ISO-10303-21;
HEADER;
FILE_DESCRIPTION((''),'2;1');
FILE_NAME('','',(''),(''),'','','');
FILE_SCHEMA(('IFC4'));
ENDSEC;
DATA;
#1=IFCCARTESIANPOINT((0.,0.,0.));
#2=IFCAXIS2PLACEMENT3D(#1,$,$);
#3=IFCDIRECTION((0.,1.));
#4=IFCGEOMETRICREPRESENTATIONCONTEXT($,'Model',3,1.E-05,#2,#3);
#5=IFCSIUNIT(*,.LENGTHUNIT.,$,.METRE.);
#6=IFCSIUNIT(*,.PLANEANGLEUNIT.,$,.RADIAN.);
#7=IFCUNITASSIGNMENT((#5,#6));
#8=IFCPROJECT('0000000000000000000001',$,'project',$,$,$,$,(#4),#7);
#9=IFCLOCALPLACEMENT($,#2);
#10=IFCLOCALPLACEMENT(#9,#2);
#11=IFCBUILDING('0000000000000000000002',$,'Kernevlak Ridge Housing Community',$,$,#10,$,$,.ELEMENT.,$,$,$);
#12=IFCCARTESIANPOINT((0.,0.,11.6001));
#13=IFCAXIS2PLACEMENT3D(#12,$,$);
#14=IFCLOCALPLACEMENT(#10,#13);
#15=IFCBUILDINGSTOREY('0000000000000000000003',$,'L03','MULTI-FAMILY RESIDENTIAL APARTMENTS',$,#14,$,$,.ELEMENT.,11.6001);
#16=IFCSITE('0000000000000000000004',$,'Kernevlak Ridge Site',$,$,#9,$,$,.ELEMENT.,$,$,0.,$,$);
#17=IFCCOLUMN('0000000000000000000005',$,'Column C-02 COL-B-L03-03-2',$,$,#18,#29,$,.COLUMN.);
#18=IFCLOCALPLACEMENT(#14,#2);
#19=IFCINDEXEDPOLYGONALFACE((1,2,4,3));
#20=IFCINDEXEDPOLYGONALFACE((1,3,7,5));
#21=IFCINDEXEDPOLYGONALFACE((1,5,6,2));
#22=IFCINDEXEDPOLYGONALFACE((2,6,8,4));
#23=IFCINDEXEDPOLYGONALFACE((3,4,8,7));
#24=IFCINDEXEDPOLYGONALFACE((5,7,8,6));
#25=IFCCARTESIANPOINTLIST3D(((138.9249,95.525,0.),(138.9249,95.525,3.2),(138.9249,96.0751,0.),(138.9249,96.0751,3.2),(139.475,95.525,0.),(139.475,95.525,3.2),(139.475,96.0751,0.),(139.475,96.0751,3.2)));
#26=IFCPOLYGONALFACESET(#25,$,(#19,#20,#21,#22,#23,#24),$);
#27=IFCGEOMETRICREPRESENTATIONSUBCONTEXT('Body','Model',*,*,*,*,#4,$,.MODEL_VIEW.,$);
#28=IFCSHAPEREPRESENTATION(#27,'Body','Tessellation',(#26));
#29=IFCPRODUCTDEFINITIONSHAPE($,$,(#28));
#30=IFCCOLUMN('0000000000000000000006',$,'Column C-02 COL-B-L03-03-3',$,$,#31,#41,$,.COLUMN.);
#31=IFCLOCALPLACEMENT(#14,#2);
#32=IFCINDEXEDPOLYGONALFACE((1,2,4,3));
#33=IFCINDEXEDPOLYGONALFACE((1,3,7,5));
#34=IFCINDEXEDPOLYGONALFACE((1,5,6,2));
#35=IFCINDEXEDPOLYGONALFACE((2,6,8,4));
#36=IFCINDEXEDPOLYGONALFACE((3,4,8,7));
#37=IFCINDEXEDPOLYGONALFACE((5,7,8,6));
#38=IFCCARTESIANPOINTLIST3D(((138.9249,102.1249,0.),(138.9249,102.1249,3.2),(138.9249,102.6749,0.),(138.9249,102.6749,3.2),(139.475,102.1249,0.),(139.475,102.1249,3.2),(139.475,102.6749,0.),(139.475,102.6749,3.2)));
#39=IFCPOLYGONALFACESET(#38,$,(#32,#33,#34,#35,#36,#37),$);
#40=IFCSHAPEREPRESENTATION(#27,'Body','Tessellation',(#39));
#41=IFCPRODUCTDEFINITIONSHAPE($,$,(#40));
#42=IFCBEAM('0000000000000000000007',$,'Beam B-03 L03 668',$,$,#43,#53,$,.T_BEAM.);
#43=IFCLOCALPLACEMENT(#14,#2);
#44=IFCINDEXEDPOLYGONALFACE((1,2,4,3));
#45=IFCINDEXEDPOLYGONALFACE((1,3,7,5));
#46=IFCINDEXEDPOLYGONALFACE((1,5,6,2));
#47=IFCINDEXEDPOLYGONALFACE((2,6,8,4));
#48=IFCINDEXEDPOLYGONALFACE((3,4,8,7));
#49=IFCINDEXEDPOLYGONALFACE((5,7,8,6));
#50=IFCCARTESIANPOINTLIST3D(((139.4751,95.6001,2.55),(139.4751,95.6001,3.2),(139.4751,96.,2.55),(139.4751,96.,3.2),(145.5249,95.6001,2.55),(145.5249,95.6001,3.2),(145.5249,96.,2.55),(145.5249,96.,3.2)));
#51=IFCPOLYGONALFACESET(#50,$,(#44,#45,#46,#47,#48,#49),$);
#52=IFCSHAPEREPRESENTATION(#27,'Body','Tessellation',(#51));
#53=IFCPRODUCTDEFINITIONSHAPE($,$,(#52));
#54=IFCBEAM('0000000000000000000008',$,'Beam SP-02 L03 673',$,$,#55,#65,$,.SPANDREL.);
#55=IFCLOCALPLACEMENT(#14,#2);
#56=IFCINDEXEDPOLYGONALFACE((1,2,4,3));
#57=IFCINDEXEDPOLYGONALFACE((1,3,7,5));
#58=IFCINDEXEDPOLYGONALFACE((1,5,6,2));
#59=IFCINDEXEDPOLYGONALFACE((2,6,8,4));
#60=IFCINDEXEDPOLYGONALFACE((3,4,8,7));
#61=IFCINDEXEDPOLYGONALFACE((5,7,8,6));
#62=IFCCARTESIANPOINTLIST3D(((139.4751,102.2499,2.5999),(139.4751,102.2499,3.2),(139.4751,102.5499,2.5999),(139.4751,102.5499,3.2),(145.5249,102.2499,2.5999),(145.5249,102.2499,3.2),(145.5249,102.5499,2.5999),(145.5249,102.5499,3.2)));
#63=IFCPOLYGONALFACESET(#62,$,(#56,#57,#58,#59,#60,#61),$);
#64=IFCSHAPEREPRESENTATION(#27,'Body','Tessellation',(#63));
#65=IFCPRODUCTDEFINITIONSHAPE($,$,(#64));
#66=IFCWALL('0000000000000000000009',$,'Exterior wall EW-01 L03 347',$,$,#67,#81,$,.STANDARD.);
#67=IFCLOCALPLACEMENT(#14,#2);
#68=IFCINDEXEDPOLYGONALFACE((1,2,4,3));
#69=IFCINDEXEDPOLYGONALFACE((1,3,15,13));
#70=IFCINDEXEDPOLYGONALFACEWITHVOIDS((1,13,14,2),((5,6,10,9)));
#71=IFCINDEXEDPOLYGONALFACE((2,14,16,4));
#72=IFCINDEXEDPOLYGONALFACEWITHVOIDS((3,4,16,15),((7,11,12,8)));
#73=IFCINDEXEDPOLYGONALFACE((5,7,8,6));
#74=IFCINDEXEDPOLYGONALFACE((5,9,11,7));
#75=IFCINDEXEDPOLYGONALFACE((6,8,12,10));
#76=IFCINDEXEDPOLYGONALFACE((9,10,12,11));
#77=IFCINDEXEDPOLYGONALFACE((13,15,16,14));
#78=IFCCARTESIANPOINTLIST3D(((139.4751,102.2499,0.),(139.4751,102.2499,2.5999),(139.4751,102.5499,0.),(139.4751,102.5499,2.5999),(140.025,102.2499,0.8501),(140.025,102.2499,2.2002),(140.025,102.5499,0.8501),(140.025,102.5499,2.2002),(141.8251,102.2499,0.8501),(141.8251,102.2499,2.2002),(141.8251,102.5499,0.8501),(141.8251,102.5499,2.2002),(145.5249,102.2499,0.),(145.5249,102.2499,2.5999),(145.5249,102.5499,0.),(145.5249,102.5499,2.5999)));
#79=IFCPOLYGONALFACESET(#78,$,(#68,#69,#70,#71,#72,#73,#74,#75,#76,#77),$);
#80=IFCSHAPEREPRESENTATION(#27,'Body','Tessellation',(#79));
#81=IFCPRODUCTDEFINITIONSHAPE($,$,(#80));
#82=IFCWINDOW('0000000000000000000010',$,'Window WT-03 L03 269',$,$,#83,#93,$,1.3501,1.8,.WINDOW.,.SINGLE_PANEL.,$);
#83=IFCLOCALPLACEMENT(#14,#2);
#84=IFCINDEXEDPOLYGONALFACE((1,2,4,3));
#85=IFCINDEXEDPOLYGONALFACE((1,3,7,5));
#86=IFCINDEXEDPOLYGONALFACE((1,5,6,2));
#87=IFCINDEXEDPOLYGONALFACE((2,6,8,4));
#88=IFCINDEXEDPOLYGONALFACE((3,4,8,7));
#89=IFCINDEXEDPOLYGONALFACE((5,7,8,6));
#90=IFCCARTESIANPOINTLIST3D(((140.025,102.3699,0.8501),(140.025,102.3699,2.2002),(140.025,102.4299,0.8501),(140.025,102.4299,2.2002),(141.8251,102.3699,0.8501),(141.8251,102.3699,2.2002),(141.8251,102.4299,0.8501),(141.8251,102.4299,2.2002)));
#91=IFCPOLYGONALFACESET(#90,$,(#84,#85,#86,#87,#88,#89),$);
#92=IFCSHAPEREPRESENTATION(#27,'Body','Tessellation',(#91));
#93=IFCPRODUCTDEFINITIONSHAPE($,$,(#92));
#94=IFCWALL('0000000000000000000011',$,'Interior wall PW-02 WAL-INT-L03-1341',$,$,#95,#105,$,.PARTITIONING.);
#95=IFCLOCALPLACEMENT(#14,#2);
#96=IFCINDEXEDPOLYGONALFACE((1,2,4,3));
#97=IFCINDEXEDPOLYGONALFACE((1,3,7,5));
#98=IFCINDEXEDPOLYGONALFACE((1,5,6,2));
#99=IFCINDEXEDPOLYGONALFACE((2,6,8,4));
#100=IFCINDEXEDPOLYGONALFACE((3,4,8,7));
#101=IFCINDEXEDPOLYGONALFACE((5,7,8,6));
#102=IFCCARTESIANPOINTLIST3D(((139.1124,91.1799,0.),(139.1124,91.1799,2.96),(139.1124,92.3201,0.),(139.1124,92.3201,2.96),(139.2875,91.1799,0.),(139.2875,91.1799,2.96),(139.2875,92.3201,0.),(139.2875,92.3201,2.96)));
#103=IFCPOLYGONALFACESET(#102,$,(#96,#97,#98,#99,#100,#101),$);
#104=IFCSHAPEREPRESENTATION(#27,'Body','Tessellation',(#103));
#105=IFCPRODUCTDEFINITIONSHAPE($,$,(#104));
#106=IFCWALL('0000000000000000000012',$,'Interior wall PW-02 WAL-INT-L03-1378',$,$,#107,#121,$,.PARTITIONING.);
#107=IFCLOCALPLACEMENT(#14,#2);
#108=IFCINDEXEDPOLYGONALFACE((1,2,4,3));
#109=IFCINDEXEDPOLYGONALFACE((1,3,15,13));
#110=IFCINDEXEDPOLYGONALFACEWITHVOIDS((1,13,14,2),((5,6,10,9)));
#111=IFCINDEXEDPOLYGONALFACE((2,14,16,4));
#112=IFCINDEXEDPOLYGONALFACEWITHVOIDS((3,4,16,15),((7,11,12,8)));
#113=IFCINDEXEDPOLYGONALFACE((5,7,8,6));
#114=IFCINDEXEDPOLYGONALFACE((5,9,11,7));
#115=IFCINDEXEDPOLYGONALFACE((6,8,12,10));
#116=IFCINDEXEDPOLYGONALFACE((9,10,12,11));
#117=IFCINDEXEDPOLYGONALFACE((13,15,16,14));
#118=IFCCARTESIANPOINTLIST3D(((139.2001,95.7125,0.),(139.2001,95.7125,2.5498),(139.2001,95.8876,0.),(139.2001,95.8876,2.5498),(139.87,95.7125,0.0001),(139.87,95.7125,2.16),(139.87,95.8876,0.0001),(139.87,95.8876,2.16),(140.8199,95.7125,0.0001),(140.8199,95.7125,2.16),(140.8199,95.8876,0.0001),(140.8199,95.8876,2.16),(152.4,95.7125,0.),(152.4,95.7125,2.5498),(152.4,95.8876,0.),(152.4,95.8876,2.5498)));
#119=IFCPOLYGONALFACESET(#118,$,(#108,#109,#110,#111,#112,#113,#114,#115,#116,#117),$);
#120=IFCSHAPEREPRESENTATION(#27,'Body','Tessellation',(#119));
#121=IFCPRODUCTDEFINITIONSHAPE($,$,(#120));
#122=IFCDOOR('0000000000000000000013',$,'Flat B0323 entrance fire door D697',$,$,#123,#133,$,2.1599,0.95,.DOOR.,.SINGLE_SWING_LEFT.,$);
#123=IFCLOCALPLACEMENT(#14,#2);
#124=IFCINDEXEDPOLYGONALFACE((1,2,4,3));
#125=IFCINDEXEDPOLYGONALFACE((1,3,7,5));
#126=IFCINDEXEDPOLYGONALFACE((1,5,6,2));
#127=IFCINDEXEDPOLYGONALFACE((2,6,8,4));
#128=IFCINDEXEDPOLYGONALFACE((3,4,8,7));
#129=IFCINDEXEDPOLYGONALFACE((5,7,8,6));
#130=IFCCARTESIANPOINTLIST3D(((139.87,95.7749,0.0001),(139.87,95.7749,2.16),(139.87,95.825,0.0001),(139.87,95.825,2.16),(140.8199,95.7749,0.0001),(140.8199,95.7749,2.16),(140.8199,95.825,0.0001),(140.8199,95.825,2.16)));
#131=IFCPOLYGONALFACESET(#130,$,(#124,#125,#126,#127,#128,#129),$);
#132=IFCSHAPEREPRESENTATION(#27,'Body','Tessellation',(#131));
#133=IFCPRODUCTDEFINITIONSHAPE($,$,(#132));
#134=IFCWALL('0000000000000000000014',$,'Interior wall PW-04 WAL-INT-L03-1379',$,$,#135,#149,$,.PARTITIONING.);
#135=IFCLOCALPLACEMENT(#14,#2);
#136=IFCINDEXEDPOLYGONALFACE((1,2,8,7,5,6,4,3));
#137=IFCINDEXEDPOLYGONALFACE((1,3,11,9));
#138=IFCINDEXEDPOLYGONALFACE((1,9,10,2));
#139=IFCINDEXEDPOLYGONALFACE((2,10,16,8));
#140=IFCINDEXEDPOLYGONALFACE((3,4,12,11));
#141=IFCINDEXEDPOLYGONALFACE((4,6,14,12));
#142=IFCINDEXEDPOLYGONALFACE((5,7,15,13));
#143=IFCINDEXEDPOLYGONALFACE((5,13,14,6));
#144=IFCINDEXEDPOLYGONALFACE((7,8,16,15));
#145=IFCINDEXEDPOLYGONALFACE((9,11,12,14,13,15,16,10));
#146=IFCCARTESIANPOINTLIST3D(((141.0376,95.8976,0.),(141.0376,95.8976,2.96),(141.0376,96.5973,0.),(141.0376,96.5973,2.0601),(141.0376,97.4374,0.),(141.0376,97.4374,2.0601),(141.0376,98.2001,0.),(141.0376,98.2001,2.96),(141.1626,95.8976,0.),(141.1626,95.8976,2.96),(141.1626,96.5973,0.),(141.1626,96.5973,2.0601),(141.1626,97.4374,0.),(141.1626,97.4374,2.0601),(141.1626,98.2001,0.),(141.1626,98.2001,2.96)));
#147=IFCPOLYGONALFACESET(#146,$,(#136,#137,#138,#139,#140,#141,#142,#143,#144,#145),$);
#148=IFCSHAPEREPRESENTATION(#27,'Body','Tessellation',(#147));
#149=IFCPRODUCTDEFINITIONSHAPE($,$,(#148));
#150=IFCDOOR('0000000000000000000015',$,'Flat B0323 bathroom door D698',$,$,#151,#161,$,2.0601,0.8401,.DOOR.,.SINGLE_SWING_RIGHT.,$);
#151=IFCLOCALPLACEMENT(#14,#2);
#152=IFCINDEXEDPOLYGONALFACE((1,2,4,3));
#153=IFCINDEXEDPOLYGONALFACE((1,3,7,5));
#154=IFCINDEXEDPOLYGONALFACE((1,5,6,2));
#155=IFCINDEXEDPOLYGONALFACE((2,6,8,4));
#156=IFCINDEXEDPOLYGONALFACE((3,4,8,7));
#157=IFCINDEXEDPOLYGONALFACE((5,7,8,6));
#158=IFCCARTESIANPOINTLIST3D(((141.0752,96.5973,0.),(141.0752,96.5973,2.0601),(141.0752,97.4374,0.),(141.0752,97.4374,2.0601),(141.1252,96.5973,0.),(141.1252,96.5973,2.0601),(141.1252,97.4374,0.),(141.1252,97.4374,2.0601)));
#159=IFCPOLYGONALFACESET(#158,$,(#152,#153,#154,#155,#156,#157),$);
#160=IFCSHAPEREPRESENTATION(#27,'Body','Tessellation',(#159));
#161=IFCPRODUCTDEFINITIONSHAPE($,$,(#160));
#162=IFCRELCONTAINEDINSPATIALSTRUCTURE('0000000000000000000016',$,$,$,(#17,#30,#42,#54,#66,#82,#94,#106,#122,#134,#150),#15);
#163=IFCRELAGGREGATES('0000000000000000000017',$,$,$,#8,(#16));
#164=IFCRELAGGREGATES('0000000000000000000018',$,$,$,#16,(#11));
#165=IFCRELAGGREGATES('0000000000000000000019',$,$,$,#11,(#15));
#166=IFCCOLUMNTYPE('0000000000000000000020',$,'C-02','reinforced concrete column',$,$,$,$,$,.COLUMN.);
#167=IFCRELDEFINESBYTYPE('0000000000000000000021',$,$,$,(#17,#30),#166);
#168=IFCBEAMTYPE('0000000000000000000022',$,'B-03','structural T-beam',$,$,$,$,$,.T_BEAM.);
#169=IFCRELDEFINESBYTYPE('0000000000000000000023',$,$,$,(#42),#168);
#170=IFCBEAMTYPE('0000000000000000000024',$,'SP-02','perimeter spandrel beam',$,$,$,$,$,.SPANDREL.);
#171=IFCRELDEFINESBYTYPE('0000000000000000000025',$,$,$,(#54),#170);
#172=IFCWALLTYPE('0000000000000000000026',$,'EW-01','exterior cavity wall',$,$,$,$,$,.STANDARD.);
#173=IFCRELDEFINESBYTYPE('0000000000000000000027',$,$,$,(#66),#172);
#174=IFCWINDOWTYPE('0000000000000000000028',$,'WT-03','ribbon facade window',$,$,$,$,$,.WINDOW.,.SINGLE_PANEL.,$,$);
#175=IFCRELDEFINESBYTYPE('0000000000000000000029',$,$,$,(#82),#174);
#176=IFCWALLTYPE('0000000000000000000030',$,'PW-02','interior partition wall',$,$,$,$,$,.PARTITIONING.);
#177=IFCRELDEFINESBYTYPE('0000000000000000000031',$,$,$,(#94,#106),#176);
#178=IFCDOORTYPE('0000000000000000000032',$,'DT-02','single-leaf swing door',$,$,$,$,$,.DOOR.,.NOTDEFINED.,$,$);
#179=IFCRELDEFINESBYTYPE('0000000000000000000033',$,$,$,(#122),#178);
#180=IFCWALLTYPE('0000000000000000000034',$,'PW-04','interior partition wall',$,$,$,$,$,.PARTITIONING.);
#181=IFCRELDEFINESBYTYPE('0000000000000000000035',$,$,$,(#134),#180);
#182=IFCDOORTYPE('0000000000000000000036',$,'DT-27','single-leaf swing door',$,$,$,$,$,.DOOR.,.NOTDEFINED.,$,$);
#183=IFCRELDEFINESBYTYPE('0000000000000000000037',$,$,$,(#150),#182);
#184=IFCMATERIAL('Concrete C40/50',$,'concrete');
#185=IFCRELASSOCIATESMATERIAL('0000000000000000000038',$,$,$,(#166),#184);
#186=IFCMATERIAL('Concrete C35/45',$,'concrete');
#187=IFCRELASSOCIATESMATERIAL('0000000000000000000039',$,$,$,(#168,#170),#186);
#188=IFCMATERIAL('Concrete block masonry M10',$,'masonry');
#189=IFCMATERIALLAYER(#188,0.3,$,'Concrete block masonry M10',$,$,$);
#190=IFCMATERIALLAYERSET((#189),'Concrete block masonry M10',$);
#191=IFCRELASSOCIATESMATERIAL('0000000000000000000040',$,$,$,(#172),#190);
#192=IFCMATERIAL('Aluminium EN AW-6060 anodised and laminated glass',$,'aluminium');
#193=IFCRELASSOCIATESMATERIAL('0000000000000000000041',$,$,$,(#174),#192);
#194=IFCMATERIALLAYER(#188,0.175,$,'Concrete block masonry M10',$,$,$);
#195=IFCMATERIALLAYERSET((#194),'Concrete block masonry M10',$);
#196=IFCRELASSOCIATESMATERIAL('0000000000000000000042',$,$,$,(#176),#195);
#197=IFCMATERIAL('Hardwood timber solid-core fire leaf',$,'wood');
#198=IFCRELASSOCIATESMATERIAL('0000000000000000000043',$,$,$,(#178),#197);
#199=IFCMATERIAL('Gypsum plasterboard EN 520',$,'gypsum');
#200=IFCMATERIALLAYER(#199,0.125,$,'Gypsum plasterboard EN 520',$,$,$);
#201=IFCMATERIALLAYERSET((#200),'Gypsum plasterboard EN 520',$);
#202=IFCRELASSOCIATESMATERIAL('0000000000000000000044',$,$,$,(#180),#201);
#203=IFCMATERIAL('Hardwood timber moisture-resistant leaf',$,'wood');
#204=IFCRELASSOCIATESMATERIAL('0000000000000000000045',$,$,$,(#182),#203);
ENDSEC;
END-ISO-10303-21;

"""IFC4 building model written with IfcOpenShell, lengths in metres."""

from ifc_helpers import new_model, si_unit, direction, frame, frame_2d, origin, origin_2d, place, context, subcontext, project, spatial, rectangle, extrude, material, layer, layer_set, material_profile, profile_set, type_object, element, fill, save


model = new_model("IFC4")

# Units and contexts
model_context = context("Model", 3, precision=1e-05, world=origin(), true_north=direction((0.0, 1.0)))
body_context = subcontext(model_context, "Body", "Model", "MODEL_VIEW")
ifc_project = project(units=[si_unit("LENGTHUNIT", "METRE"), si_unit("PLANEANGLEUNIT", "RADIAN")], contexts=[model_context])

# Site, building, storey
site_placement = place(None, origin())
site = spatial("IfcSite", under=ifc_project, at=site_placement, Name="Kernevlak Ridge Site", CompositionType="ELEMENT", RefElevation=0.0)
building_placement = place(site_placement, origin())
building = spatial("IfcBuilding", under=site, at=building_placement, Name="Kernevlak Ridge Housing Community", CompositionType="ELEMENT")
storey_placement = place(building_placement, frame((0.0, 0.0, 11.6001)))
storey = spatial("IfcBuildingStorey", under=building, at=storey_placement, Name="L03", Description="MULTI-FAMILY RESIDENTIAL APARTMENTS", CompositionType="ELEMENT", Elevation=11.6001)

# Columns
ifc_material_1 = material(Name="Concrete C40/50", Category="concrete")
ifc_material_profile_1 = material_profile(ifc_material_1, rectangle(XDim=0.55, YDim=0.55, at=origin_2d()), Name="RC 550x550")
ifc_profile_set_1 = profile_set([ifc_material_profile_1], Name="Concrete C40/50")
column_type = type_object("IfcColumnType", Name="C-02", Description="reinforced concrete column", PredefinedType="COLUMN", material=ifc_profile_set_1)
for number, where, z_axis, x_axis, name in (
    (1, (139.2, 95.8, 0.0), (0.0, 0.0, 1.0), (1.0, 0.0, 0.0), "Column C-02 COL-B-L03-03-2"),
    (2, (139.2, 102.3999, 0.0), (0.0, 0.0, 1.0), (1.0, 0.0, 0.0), "Column C-02 COL-B-L03-03-3"),
):
    element("IfcColumn", number, at=place(storey_placement, frame(where, z_axis=z_axis, x_axis=x_axis)), inside=storey, type_object=column_type, Name=name, PredefinedType="COLUMN", context=body_context, shape_type="SweptSolid", body=[
        extrude(rectangle(XDim=0.55, YDim=0.55, at=origin_2d()), origin(), (0.0, 0.0, 1.0), 3.2),
    ])

# Beams
ifc_material_2 = material(Name="Concrete C35/45", Category="concrete")
ifc_material_profile_2 = material_profile(ifc_material_2, rectangle(XDim=0.3999, YDim=0.6499, at=origin_2d()), Name="RC 400x650")
ifc_profile_set_2 = profile_set([ifc_material_profile_2], Name="Concrete C35/45")
beam_type_1 = type_object("IfcBeamType", Name="B-03", Description="structural T-beam", PredefinedType="T_BEAM", material=ifc_profile_set_2)
beam_1_placement = place(storey_placement, frame((139.4751, 95.8, 2.875), z_axis=(1.0, 0.0, 0.0), x_axis=(0.0, 1.0, 0.0)))
element("IfcBeam", 3, at=beam_1_placement, inside=storey, type_object=beam_type_1, Name="Beam B-03 L03 668", PredefinedType="T_BEAM", context=body_context, shape_type="SweptSolid", body=[
    extrude(rectangle(XDim=0.3999, YDim=0.6499, at=origin_2d()), origin(), (0.0, 0.0, 1.0), 6.0498),
])
ifc_material_profile_3 = material_profile(ifc_material_2, rectangle(XDim=0.3, YDim=0.6001, at=origin_2d()), Name="RC 300x600")
ifc_profile_set_3 = profile_set([ifc_material_profile_3], Name="Concrete C35/45")
beam_type_2 = type_object("IfcBeamType", Name="SP-02", Description="perimeter spandrel beam", PredefinedType="SPANDREL", material=ifc_profile_set_3)
beam_2_placement = place(storey_placement, frame((139.4751, 102.3999, 2.8999), z_axis=(1.0, 0.0, 0.0), x_axis=(0.0, 1.0, 0.0)))
element("IfcBeam", 4, at=beam_2_placement, inside=storey, type_object=beam_type_2, Name="Beam SP-02 L03 673", PredefinedType="SPANDREL", context=body_context, shape_type="SweptSolid", body=[
    extrude(rectangle(XDim=0.3, YDim=0.6001, at=origin_2d()), origin(), (0.0, 0.0, 1.0), 6.0498),
])

# Wall, opening, window
ifc_material_3 = material(Name="Concrete block masonry M10", Category="masonry")
ifc_layer_1 = layer(ifc_material_3, 0.3, Name="Concrete block masonry M10")
ifc_layer_set_1 = layer_set([ifc_layer_1], Name="Concrete block masonry M10")
wall_type_1 = type_object("IfcWallType", Name="EW-01", Description="exterior cavity wall", PredefinedType="STANDARD", material=ifc_layer_set_1)
wall_1_placement = place(storey_placement, frame((139.4751, 102.3999, 0.0), z_axis=(0.0, 0.0, 1.0), x_axis=(1.0, 0.0, 0.0)))
wall_1 = element("IfcWall", 5, at=wall_1_placement, inside=storey, type_object=wall_type_1, Name="Exterior wall EW-01 L03 347", PredefinedType="STANDARD", context=body_context, shape_type="SweptSolid", body=[
    extrude(rectangle(XDim=6.0498, YDim=0.3, at=frame_2d((3.0249, 0.0))), origin(), (0.0, 0.0, 1.0), 2.5999),
])
opening_1_placement = place(wall_1_placement, frame((0.55, 0.0, 0.8501)))
opening_1 = element("IfcOpeningElement", 6, at=opening_1_placement, cuts=wall_1, PredefinedType="OPENING", context=body_context, shape_type="SweptSolid", body=[
    extrude(rectangle(XDim=1.8, YDim=1.3501, at=frame_2d((0.8999, 0.675))), frame((0.0, 0.1599, 0.0), z_axis=(0.0, -1.0, 0.0), x_axis=(1.0, 0.0, 0.0)), (0.0, 0.0, 1.0), 0.3201),
])
ifc_material_4 = material(Name="Aluminium EN AW-6060 anodised and laminated glass", Category="aluminium")
window_type = type_object("IfcWindowType", Name="WT-03", Description="ribbon facade window", PartitioningType="SINGLE_PANEL", PredefinedType="WINDOW", material=ifc_material_4)
window_placement = place(opening_1_placement, origin())
window = element("IfcWindow", 7, at=window_placement, inside=storey, type_object=window_type, Name="Window WT-03 L03 269", OverallHeight=1.3501, OverallWidth=1.8, PartitioningType="SINGLE_PANEL", PredefinedType="WINDOW", context=body_context, shape_type="SweptSolid", body=[
    extrude(rectangle(XDim=1.8, YDim=1.3501, at=frame_2d((0.8999, 0.675))), frame((0.0, 0.03, 0.0), z_axis=(0.0, -1.0, 0.0), x_axis=(1.0, 0.0, 0.0)), (0.0, 0.0, 1.0), 0.0601),
])
fill(opening_1, window)

# Wall
ifc_layer_2 = layer(ifc_material_3, 0.175, Name="Concrete block masonry M10")
ifc_layer_set_2 = layer_set([ifc_layer_2], Name="Concrete block masonry M10")
wall_type_2 = type_object("IfcWallType", Name="PW-02", Description="interior partition wall", PredefinedType="PARTITIONING", material=ifc_layer_set_2)
wall_2_placement = place(storey_placement, frame((139.2, 91.1799, 0.0), z_axis=(0.0, 0.0, 1.0), x_axis=(0.0, 1.0, 0.0)))
element("IfcWall", 8, at=wall_2_placement, inside=storey, type_object=wall_type_2, Name="Interior wall PW-02 WAL-INT-L03-1341", PredefinedType="PARTITIONING", context=body_context, shape_type="SweptSolid", body=[
    extrude(rectangle(XDim=1.1401, YDim=0.175, at=frame_2d((0.5701, 0.0))), origin(), (0.0, 0.0, 1.0), 2.96),
])

# Walls, openings, doors
wall_3_placement = place(storey_placement, frame((139.2, 95.8, 0.0), z_axis=(0.0, 0.0, 1.0), x_axis=(1.0, 0.0, 0.0)))
wall_3 = element("IfcWall", 9, at=wall_3_placement, inside=storey, type_object=wall_type_2, Name="Interior wall PW-02 WAL-INT-L03-1378", PredefinedType="PARTITIONING", context=body_context, shape_type="SweptSolid", body=[
    extrude(rectangle(XDim=13.2, YDim=0.175, at=frame_2d((6.6001, 0.0))), origin(), (0.0, 0.0, 1.0), 2.5498),
])
opening_2_placement = place(wall_3_placement, frame((0.6699, 0.0, 0.0)))
opening_2 = element("IfcOpeningElement", 10, at=opening_2_placement, cuts=wall_3, PredefinedType="OPENING", context=body_context, shape_type="SweptSolid", body=[
    extrude(rectangle(XDim=0.95, YDim=2.1599, at=frame_2d((0.4751, 1.0801))), frame((0.0, 0.0974, 0.0), z_axis=(0.0, -1.0, 0.0), x_axis=(1.0, 0.0, 0.0)), (0.0, 0.0, 1.0), 0.1951),
])
ifc_material_5 = material(Name="Hardwood timber solid-core fire leaf", Category="wood")
door_type_1 = type_object("IfcDoorType", Name="DT-02", Description="single-leaf swing door", OperationType="NOTDEFINED", PredefinedType="DOOR", material=ifc_material_5)
door_1_placement = place(opening_2_placement, origin())
door_1 = element("IfcDoor", 11, at=door_1_placement, inside=storey, type_object=door_type_1, Name="Flat B0323 entrance fire door D697", OperationType="SINGLE_SWING_LEFT", OverallHeight=2.1599, OverallWidth=0.95, PredefinedType="DOOR", context=body_context, shape_type="SweptSolid", body=[
    extrude(rectangle(XDim=0.95, YDim=2.1599, at=frame_2d((0.4751, 1.0801))), frame((0.0, 0.0249, 0.0), z_axis=(0.0, -1.0, 0.0), x_axis=(1.0, 0.0, 0.0)), (0.0, 0.0, 1.0), 0.05),
])
fill(opening_2, door_1)
ifc_material_6 = material(Name="Gypsum plasterboard EN 520", Category="gypsum")
ifc_layer_3 = layer(ifc_material_6, 0.125, Name="Gypsum plasterboard EN 520")
ifc_layer_set_3 = layer_set([ifc_layer_3], Name="Gypsum plasterboard EN 520")
wall_type_3 = type_object("IfcWallType", Name="PW-04", Description="interior partition wall", PredefinedType="PARTITIONING", material=ifc_layer_set_3)
wall_4_placement = place(storey_placement, frame((141.1001, 95.8975, 0.0), z_axis=(0.0, 0.0, 1.0), x_axis=(0.0, 1.0, 0.0)))
wall_4 = element("IfcWall", 12, at=wall_4_placement, inside=storey, type_object=wall_type_3, Name="Interior wall PW-04 WAL-INT-L03-1379", PredefinedType="PARTITIONING", context=body_context, shape_type="SweptSolid", body=[
    extrude(rectangle(XDim=2.3025, YDim=0.125, at=frame_2d((1.1514, 0.0))), origin(), (0.0, 0.0, 1.0), 2.96),
])
opening_3_placement = place(wall_4_placement, frame((0.7, 0.0, 0.0)))
opening_3 = element("IfcOpeningElement", 13, at=opening_3_placement, cuts=wall_4, PredefinedType="OPENING", context=body_context, shape_type="SweptSolid", body=[
    extrude(rectangle(XDim=0.8401, YDim=2.0601, at=frame_2d((0.4199, 1.03))), frame((0.0, 0.0725, 0.0), z_axis=(0.0, -1.0, 0.0), x_axis=(1.0, 0.0, 0.0)), (0.0, 0.0, 1.0), 0.145),
])
ifc_material_7 = material(Name="Hardwood timber moisture-resistant leaf", Category="wood")
door_type_2 = type_object("IfcDoorType", Name="DT-27", Description="single-leaf swing door", OperationType="NOTDEFINED", PredefinedType="DOOR", material=ifc_material_7)
door_2_placement = place(opening_3_placement, origin())
door_2 = element("IfcDoor", 14, at=door_2_placement, inside=storey, type_object=door_type_2, Name="Flat B0323 bathroom door D698", OperationType="SINGLE_SWING_RIGHT", OverallHeight=2.0601, OverallWidth=0.8401, PredefinedType="DOOR", context=body_context, shape_type="SweptSolid", body=[
    extrude(rectangle(XDim=0.8401, YDim=2.0601, at=frame_2d((0.4199, 1.03))), frame((0.0, 0.0249, 0.0), z_axis=(0.0, -1.0, 0.0), x_axis=(1.0, 0.0, 0.0)), (0.0, 0.0, 1.0), 0.05),
])
fill(opening_3, door_2)

save(model, "model.ifc")
